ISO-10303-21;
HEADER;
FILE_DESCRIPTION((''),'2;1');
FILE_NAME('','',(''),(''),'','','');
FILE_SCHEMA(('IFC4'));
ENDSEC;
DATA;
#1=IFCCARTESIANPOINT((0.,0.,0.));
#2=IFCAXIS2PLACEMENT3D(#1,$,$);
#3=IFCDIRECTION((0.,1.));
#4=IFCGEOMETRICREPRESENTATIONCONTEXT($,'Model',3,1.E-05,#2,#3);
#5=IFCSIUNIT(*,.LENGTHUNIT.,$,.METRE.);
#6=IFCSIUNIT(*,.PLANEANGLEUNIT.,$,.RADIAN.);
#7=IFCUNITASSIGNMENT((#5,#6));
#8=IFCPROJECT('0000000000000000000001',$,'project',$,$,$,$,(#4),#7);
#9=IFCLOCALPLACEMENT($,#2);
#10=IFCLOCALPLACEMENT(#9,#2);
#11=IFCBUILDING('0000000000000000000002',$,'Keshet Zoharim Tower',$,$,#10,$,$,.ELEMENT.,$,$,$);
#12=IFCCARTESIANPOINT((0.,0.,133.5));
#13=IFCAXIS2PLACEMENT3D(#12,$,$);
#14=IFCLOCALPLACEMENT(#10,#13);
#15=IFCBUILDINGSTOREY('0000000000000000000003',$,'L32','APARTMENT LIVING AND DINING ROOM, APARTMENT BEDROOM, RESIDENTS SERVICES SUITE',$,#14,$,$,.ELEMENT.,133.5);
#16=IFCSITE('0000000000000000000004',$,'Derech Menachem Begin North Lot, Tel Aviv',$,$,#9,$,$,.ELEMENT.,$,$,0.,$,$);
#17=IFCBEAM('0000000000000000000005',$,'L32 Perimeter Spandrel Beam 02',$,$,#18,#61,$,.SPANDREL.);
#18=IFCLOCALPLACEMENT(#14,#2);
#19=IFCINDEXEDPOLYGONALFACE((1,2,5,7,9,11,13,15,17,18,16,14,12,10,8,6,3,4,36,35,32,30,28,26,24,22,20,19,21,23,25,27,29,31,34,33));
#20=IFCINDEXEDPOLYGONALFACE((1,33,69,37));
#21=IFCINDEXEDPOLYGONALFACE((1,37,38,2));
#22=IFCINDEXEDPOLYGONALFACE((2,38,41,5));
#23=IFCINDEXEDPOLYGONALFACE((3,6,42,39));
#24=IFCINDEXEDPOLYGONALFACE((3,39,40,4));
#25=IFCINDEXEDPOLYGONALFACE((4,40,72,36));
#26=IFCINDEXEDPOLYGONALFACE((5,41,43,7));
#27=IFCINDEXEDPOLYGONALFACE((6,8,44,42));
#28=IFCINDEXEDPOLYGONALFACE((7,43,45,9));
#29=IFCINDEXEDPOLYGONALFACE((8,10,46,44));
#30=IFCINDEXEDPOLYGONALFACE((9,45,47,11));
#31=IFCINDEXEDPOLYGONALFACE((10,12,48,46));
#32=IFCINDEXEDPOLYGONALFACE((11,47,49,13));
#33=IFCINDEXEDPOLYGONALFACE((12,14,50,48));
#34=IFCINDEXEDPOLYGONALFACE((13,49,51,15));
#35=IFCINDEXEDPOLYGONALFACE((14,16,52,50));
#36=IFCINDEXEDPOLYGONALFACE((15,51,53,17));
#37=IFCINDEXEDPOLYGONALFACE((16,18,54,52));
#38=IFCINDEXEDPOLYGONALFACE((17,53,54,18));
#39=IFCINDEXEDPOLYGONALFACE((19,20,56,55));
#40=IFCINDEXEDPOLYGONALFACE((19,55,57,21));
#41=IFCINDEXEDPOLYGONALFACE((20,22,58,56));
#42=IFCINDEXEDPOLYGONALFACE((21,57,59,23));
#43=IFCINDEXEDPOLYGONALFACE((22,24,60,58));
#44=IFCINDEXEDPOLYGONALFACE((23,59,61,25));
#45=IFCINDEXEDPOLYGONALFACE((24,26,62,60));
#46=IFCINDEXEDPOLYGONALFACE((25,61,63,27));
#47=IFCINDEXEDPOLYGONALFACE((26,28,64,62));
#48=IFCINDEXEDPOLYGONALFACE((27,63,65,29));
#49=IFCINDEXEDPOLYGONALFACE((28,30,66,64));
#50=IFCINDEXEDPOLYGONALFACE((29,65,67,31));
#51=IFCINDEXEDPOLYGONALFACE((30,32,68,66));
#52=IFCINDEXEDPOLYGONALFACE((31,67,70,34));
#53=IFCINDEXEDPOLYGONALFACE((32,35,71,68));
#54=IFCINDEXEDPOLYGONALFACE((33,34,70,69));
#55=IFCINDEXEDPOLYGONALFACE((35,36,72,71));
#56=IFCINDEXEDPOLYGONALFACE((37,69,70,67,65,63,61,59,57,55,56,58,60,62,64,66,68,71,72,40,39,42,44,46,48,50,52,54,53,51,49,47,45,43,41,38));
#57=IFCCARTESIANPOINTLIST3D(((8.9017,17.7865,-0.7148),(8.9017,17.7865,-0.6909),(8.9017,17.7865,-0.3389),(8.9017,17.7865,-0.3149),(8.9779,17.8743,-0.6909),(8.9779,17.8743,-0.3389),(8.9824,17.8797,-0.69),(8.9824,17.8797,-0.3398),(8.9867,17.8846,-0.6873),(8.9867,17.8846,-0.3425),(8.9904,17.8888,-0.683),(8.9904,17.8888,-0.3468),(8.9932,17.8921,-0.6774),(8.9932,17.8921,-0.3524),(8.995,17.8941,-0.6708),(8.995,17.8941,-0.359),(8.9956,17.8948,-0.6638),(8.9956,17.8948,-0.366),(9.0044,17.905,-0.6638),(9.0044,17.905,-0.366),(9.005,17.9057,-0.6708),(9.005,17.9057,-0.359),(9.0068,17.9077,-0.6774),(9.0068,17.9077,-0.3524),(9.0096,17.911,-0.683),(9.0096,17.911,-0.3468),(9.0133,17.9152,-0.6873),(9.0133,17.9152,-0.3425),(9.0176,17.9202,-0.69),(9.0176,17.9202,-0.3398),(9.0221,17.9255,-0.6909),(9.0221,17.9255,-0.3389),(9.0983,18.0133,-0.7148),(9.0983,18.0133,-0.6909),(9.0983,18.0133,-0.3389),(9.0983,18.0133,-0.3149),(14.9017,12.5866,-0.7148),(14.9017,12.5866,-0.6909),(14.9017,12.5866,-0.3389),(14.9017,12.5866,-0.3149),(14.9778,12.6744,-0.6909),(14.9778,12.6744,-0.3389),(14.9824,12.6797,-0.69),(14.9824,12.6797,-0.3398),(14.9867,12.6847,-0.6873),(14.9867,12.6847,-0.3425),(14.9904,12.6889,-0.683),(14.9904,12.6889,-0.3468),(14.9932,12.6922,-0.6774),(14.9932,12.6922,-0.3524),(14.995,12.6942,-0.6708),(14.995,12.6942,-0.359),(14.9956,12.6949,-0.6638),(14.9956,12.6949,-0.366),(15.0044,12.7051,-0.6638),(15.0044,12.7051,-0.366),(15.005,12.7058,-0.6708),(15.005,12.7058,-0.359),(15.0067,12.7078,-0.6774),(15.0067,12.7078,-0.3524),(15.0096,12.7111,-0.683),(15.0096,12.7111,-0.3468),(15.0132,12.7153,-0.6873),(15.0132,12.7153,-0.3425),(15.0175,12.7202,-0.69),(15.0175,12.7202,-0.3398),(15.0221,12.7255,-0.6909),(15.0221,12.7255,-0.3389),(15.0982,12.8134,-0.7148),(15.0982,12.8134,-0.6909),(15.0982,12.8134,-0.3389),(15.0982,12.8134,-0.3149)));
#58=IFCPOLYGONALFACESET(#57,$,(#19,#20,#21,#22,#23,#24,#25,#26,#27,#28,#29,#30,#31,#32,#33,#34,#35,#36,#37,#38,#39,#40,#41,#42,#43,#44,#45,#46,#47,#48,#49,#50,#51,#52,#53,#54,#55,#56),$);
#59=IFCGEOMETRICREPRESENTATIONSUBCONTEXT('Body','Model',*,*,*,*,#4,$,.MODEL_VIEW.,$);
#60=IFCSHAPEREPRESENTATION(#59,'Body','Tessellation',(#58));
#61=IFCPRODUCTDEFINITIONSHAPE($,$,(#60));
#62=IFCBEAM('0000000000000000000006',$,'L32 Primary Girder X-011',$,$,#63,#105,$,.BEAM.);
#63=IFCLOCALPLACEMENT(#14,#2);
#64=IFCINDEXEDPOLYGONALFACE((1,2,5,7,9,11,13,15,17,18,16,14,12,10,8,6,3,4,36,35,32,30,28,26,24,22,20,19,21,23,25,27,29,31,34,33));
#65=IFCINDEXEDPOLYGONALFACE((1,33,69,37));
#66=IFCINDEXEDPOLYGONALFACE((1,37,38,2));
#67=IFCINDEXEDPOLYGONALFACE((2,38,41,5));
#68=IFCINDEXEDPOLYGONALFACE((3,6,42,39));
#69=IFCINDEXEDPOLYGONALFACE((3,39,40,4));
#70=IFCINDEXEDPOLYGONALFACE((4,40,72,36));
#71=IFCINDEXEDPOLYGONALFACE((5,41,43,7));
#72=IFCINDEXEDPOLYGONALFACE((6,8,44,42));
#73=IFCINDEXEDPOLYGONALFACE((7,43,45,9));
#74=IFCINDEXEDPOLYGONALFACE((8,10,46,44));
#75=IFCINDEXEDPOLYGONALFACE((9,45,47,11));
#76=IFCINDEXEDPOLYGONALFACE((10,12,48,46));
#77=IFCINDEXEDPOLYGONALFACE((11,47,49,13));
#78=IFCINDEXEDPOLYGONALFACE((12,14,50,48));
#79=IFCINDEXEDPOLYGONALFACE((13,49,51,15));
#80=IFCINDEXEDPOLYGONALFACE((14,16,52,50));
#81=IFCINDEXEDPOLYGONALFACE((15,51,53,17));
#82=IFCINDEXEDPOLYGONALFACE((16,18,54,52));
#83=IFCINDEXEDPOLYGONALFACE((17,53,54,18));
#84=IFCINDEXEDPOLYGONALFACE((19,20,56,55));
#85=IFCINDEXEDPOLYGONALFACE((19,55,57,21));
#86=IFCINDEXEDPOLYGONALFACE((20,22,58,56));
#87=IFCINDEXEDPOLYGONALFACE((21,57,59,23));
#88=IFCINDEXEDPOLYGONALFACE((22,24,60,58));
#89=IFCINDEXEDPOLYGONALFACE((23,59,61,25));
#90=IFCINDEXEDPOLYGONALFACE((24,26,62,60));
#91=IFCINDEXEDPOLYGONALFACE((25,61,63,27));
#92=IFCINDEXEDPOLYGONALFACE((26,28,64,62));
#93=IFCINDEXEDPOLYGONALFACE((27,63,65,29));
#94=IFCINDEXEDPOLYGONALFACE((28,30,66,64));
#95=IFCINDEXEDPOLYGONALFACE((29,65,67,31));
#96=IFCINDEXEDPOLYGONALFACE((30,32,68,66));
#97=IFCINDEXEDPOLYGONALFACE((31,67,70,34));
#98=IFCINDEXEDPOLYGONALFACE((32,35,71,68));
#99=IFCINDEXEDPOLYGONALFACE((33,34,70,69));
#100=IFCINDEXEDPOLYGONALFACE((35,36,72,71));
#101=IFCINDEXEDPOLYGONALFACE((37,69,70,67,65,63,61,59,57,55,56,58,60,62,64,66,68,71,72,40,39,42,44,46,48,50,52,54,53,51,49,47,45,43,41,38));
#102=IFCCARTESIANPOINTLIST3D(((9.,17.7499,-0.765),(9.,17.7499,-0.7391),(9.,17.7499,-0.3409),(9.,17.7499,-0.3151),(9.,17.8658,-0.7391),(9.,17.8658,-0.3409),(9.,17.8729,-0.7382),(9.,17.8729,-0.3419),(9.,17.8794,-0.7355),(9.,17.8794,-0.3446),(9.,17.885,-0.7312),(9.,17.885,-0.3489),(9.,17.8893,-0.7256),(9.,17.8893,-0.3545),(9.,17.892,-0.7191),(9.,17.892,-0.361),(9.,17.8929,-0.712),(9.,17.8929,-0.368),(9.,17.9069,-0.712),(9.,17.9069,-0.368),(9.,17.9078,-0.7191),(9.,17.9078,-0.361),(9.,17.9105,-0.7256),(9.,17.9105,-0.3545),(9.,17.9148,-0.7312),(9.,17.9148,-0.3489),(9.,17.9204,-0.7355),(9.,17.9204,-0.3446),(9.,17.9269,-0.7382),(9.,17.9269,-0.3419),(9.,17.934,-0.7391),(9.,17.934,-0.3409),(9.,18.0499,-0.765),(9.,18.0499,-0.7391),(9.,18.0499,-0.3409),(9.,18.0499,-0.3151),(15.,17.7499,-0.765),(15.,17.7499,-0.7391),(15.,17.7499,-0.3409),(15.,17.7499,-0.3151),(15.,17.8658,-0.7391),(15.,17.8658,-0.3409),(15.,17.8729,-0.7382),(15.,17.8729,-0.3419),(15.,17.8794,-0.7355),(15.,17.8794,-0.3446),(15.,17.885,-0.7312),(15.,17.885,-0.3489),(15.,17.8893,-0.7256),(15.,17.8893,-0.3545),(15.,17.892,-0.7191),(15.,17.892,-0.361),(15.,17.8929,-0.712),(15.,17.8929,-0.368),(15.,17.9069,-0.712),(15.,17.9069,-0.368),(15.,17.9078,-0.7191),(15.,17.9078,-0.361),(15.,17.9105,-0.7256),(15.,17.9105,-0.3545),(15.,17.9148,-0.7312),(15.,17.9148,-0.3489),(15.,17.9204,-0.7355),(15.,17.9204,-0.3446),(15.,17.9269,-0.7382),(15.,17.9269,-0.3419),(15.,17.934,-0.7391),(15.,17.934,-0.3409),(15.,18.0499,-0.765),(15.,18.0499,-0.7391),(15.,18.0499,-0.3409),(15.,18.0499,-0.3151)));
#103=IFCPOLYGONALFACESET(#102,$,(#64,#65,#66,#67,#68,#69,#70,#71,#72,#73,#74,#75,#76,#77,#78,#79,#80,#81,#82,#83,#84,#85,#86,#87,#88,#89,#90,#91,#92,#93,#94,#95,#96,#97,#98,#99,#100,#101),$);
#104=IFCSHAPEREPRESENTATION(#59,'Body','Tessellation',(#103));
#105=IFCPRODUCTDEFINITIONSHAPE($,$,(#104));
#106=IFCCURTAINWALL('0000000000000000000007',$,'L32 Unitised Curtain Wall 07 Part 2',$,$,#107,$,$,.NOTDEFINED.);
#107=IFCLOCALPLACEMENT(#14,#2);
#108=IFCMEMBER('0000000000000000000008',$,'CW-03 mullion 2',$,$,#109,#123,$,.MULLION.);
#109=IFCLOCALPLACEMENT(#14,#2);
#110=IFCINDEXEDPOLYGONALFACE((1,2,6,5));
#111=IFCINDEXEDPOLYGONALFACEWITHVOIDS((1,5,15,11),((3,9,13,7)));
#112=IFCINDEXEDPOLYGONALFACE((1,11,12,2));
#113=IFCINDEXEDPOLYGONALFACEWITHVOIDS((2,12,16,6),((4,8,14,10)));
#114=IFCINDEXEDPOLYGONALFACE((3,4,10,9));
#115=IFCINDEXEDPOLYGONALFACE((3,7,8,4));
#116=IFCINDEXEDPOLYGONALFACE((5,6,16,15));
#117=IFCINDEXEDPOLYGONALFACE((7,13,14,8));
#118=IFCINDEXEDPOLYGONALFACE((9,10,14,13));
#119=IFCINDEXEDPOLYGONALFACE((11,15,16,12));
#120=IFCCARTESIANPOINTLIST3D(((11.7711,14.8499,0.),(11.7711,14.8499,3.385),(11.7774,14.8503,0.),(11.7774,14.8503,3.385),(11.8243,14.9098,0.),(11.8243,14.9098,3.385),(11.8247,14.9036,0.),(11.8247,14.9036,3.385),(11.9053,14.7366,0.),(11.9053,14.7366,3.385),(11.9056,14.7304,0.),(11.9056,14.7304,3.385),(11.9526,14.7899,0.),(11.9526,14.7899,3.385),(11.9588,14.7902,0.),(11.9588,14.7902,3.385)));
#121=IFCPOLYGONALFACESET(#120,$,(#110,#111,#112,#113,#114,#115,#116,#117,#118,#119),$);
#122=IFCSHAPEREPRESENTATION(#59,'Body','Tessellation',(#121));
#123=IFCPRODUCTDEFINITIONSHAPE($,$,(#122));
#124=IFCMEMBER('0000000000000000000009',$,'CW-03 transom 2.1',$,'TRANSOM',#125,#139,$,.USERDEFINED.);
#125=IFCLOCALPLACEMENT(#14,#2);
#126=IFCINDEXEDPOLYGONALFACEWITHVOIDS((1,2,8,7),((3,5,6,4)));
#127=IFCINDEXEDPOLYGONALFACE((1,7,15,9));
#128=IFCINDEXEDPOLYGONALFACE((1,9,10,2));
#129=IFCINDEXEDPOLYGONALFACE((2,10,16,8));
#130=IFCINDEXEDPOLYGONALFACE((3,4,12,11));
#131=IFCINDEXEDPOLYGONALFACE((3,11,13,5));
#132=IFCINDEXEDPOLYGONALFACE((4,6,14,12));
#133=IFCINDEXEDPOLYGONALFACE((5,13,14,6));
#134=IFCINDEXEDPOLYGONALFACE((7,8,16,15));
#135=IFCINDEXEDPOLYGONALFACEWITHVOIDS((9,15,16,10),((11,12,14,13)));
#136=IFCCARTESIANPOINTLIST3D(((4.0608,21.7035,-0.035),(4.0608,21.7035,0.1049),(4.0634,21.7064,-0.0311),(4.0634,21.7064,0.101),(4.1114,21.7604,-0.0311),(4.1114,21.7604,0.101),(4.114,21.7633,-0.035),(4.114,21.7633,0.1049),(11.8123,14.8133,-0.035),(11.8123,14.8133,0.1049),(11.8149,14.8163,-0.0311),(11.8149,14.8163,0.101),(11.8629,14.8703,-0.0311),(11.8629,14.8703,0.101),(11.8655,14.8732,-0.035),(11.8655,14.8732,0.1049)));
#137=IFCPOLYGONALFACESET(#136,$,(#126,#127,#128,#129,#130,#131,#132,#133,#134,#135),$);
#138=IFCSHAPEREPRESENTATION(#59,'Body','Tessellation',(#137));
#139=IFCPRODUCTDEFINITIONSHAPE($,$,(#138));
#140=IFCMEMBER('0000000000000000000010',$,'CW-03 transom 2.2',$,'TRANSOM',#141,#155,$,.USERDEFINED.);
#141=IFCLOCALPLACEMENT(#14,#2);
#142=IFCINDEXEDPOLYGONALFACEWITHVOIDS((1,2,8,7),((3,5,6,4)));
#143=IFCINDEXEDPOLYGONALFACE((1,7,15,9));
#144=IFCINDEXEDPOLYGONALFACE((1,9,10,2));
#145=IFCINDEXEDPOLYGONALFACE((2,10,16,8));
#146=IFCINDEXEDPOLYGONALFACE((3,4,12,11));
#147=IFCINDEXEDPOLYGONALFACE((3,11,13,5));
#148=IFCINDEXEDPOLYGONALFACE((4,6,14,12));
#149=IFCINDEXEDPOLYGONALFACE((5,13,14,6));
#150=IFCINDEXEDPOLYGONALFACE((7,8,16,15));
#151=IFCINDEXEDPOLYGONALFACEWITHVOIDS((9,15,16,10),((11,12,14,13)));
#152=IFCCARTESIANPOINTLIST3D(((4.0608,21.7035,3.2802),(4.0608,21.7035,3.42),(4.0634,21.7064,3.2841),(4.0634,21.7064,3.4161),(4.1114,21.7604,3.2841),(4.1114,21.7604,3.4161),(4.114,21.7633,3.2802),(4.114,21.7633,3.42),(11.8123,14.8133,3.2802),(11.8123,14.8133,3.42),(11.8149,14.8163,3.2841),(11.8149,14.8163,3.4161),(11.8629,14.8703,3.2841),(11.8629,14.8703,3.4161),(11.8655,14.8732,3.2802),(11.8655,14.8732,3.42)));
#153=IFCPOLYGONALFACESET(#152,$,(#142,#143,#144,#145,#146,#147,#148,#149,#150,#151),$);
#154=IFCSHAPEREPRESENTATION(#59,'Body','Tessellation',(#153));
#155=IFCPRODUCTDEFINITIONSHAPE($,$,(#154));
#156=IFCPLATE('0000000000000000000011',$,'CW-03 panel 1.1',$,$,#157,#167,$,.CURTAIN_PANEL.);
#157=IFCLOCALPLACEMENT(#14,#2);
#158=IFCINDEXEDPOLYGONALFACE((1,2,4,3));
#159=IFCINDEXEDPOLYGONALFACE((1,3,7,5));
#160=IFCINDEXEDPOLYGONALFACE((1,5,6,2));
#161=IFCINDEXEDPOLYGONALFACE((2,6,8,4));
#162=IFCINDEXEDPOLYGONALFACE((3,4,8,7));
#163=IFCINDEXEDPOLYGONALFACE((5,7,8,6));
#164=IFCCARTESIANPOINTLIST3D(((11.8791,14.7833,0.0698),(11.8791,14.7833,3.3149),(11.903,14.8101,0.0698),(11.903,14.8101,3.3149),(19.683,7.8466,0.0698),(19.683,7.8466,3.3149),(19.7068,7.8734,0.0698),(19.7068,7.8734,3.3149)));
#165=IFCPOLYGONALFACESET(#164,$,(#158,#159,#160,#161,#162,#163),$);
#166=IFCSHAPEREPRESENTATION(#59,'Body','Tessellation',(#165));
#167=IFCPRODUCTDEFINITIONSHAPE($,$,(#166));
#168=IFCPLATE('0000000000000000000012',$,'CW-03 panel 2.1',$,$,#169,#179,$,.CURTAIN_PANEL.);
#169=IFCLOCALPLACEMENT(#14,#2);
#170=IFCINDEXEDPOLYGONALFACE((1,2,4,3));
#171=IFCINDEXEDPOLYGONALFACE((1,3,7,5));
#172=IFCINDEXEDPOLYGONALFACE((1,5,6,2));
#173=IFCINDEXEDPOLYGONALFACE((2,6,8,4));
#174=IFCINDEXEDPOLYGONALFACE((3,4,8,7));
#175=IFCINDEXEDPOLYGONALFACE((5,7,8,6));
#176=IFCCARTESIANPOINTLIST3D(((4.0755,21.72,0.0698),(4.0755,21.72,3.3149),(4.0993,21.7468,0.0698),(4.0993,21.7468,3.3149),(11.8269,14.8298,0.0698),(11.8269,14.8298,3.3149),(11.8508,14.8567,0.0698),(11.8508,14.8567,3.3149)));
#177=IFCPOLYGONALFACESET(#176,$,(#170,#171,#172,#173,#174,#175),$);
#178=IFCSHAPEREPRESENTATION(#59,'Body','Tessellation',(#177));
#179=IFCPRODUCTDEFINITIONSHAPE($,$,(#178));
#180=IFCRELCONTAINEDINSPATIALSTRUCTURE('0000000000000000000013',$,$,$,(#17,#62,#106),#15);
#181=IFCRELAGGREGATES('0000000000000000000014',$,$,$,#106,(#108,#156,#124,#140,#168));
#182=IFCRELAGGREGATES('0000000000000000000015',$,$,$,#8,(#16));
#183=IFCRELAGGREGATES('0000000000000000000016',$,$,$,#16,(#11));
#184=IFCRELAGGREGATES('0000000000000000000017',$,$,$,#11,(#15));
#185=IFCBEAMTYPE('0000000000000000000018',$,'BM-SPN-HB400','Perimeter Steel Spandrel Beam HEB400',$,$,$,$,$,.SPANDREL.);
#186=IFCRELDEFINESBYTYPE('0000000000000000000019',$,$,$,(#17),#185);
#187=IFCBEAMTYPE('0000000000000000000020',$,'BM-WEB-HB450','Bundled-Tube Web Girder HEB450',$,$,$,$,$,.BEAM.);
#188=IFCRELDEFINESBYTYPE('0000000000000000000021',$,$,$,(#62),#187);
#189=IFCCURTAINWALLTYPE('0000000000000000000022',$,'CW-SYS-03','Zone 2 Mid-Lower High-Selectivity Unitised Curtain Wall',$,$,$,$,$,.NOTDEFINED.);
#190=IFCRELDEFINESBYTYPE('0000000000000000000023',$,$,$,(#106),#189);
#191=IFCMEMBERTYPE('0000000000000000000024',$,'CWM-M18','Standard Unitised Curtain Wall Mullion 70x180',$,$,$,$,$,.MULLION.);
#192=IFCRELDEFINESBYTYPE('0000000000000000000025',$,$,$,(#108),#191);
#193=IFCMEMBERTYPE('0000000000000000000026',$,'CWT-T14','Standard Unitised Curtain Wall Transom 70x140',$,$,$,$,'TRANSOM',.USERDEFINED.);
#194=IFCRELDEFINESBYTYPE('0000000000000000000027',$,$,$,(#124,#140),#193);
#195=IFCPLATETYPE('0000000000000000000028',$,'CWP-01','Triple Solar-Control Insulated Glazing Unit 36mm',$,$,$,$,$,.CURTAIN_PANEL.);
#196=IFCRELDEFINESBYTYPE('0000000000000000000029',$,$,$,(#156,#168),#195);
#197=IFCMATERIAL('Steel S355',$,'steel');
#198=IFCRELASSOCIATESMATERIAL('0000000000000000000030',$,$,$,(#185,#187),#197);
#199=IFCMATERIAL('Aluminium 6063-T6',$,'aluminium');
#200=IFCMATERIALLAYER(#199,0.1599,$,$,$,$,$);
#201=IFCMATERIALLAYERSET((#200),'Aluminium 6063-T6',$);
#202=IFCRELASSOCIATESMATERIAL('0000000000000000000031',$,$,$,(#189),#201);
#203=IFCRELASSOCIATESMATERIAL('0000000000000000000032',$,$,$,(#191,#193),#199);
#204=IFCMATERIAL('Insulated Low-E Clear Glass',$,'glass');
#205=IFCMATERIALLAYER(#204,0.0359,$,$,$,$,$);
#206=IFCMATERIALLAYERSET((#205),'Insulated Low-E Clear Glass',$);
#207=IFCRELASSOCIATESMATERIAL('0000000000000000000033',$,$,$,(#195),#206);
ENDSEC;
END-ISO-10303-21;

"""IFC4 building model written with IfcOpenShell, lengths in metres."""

from ifc_helpers import new_model, si_unit, direction, frame, origin, origin_2d, place, context, subcontext, project, spatial, rectangle, hollow_rectangle, i_section, extrude, material, layer, layer_set, material_profile, profile_set, type_object, element, aggregate, save


model = new_model("IFC4")

# Units and contexts
model_context = context("Model", 3, precision=1e-05, world=origin(), true_north=direction((0.0, 1.0)))
body_context = subcontext(model_context, "Body", "Model", "MODEL_VIEW")
ifc_project = project(units=[si_unit("LENGTHUNIT", "METRE"), si_unit("PLANEANGLEUNIT", "RADIAN")], contexts=[model_context])

# Site, building, storey
site_placement = place(None, origin())
site = spatial("IfcSite", under=ifc_project, at=site_placement, Name="Derech Menachem Begin North Lot, Tel Aviv", CompositionType="ELEMENT", RefElevation=0.0)
building_placement = place(site_placement, origin())
building = spatial("IfcBuilding", under=site, at=building_placement, Name="Keshet Zoharim Tower", CompositionType="ELEMENT")
storey_placement = place(building_placement, frame((0.0, 0.0, 133.5)))
storey = spatial("IfcBuildingStorey", under=building, at=storey_placement, Name="L32", Description="APARTMENT LIVING AND DINING ROOM, APARTMENT BEDROOM, RESIDENTS SERVICES SUITE", CompositionType="ELEMENT", Elevation=133.5)

# Shared definitions
ifc_material_1 = material(Name="Steel S355", Category="steel")

# Beams
ifc_material_profile_1 = material_profile(ifc_material_1, i_section(OverallWidth=0.3, OverallDepth=0.3999, WebThickness=0.0134, FlangeThickness=0.0239, FilletRadius=0.0271, at=origin_2d()), Name="HEB400")
ifc_profile_set_1 = profile_set([ifc_material_profile_1], Name="Steel S355")
beam_type_1 = type_object("IfcBeamType", Name="BM-SPN-HB400", Description="Perimeter Steel Spandrel Beam HEB400", PredefinedType="SPANDREL", material=ifc_profile_set_1)
beam_1_placement = place(storey_placement, frame((9.0, 17.8999, -0.5149), z_axis=(0.755692, -0.654927, 0.0), x_axis=(0.654927, 0.755692, 0.0)))
element("IfcBeam", 1, at=beam_1_placement, inside=storey, type_object=beam_type_1, Name="L32 Perimeter Spandrel Beam 02", PredefinedType="SPANDREL", context=body_context, shape_type="SweptSolid", body=[
    extrude(i_section(OverallWidth=0.3, OverallDepth=0.3999, WebThickness=0.0134, FlangeThickness=0.0239, FilletRadius=0.0271, at=origin_2d()), origin(), (0.0, 0.0, 1.0), 7.9397),
])
ifc_material_profile_2 = material_profile(ifc_material_1, i_section(OverallWidth=0.3, OverallDepth=0.45, WebThickness=0.0139, FlangeThickness=0.0259, FilletRadius=0.0271, at=origin_2d()), Name="HEB450")
ifc_profile_set_2 = profile_set([ifc_material_profile_2], Name="Steel S355")
beam_type_2 = type_object("IfcBeamType", Name="BM-WEB-HB450", Description="Bundled-Tube Web Girder HEB450", PredefinedType="BEAM", material=ifc_profile_set_2)
beam_2_placement = place(storey_placement, frame((9.0, 17.8999, -0.54), z_axis=(1.0, 0.0, 0.0), x_axis=(0.0, 1.0, 0.0)))
element("IfcBeam", 2, at=beam_2_placement, inside=storey, type_object=beam_type_2, Name="L32 Primary Girder X-011", PredefinedType="BEAM", context=body_context, shape_type="SweptSolid", body=[
    extrude(i_section(OverallWidth=0.3, OverallDepth=0.45, WebThickness=0.0139, FlangeThickness=0.0259, FilletRadius=0.0271, at=origin_2d()), origin(), (0.0, 0.0, 1.0), 6.0),
])

# Curtain wall, members, plates
ifc_material_2 = material(Name="Aluminium 6063-T6", Category="aluminium")
ifc_layer_1 = layer(ifc_material_2, 0.1599)
ifc_layer_set_1 = layer_set([ifc_layer_1], Name="Aluminium 6063-T6")
curtain_wall_type = type_object("IfcCurtainWallType", Name="CW-SYS-03", Description="Zone 2 Mid-Lower High-Selectivity Unitised Curtain Wall", PredefinedType="NOTDEFINED", material=ifc_layer_set_1)
curtain_wall_placement = place(storey_placement, origin())
curtain_wall = element("IfcCurtainWall", 3, at=curtain_wall_placement, inside=storey, type_object=curtain_wall_type, Name="L32 Unitised Curtain Wall 07 Part 2", PredefinedType="NOTDEFINED")
ifc_material_profile_3 = material_profile(ifc_material_2, hollow_rectangle(XDim=0.0801, YDim=0.1799, WallThickness=0.0044, at=origin_2d()), Name="MUL-80x180")
ifc_profile_set_3 = profile_set([ifc_material_profile_3], Name="Aluminium 6063-T6")
member_type_1 = type_object("IfcMemberType", Name="CWM-M18", Description="Standard Unitised Curtain Wall Mullion 70x180", PredefinedType="MULLION", material=ifc_profile_set_3)
member_1_placement = place(storey_placement, frame((11.865, 14.8201, 0.0), z_axis=(0.0, 0.0, 1.0), x_axis=(-0.664364, -0.74741, 0.0)))
member_1 = element("IfcMember", 4, at=member_1_placement, type_object=member_type_1, Name="CW-03 mullion 2", PredefinedType="MULLION", context=body_context, shape_type="SweptSolid", body=[
    extrude(hollow_rectangle(XDim=0.0801, YDim=0.1799, WallThickness=0.0044, at=origin_2d()), origin(), (0.0, 0.0, 1.0), 3.385),
])
ifc_material_profile_4 = material_profile(ifc_material_2, hollow_rectangle(XDim=0.0801, YDim=0.1399, WallThickness=0.0039, at=origin_2d()), Name="TRN-80x140")
ifc_profile_set_4 = profile_set([ifc_material_profile_4], Name="Aluminium 6063-T6")
member_type_2 = type_object("IfcMemberType", Name="CWT-T14", Description="Standard Unitised Curtain Wall Transom 70x140", ElementType="TRANSOM", PredefinedType="USERDEFINED", material=ifc_profile_set_4)
member_2_placement = place(storey_placement, frame((11.8389, 14.8433, 0.0349), z_axis=(-0.747412, 0.664361, 0.0), x_axis=(-0.664361, -0.747412, 0.0)))
member_2 = element("IfcMember", 5, at=member_2_placement, type_object=member_type_2, Name="CW-03 transom 2.1", ObjectType="TRANSOM", PredefinedType="USERDEFINED", context=body_context, shape_type="SweptSolid", body=[
    extrude(hollow_rectangle(XDim=0.0801, YDim=0.1399, WallThickness=0.0039, at=origin_2d()), origin(), (0.0, 0.0, 1.0), 10.3711),
])
member_3_placement = place(storey_placement, frame((11.8389, 14.8433, 3.3501), z_axis=(-0.747412, 0.664361, 0.0), x_axis=(-0.664361, -0.747412, 0.0)))
member_3 = element("IfcMember", 6, at=member_3_placement, type_object=member_type_2, Name="CW-03 transom 2.2", ObjectType="TRANSOM", PredefinedType="USERDEFINED", context=body_context, shape_type="SweptSolid", body=[
    extrude(hollow_rectangle(XDim=0.0801, YDim=0.1399, WallThickness=0.0039, at=origin_2d()), origin(), (0.0, 0.0, 1.0), 10.3711),
])
ifc_material_3 = material(Name="Insulated Low-E Clear Glass", Category="glass")
ifc_layer_2 = layer(ifc_material_3, 0.0359)
ifc_layer_set_2 = layer_set([ifc_layer_2], Name="Insulated Low-E Clear Glass")
plate_type = type_object("IfcPlateType", Name="CWP-01", Description="Triple Solar-Control Insulated Glazing Unit 36mm", PredefinedType="CURTAIN_PANEL", material=ifc_layer_set_2)
plate_1_placement = place(storey_placement, frame((15.793, 11.3284, 0.0698), z_axis=(0.0, 0.0, 1.0), x_axis=(-0.74741, 0.664364, 0.0)))
plate_1 = element("IfcPlate", 7, at=plate_1_placement, type_object=plate_type, Name="CW-03 panel 1.1", PredefinedType="CURTAIN_PANEL", context=body_context, shape_type="SweptSolid", body=[
    extrude(rectangle(XDim=10.4412, YDim=0.0359, at=origin_2d()), origin(), (0.0, 0.0, 1.0), 3.2451),
])
plate_2_placement = place(storey_placement, frame((7.9631, 18.2883, 0.0698), z_axis=(0.0, 0.0, 1.0), x_axis=(-0.74741, 0.664364, 0.0)))
plate_2 = element("IfcPlate", 8, at=plate_2_placement, type_object=plate_type, Name="CW-03 panel 2.1", PredefinedType="CURTAIN_PANEL", context=body_context, shape_type="SweptSolid", body=[
    extrude(rectangle(XDim=10.3711, YDim=0.0359, at=origin_2d()), origin(), (0.0, 0.0, 1.0), 3.2451),
])
aggregate(curtain_wall, [member_1, plate_1, member_2, member_3, plate_2])

save(model, "model.ifc")
